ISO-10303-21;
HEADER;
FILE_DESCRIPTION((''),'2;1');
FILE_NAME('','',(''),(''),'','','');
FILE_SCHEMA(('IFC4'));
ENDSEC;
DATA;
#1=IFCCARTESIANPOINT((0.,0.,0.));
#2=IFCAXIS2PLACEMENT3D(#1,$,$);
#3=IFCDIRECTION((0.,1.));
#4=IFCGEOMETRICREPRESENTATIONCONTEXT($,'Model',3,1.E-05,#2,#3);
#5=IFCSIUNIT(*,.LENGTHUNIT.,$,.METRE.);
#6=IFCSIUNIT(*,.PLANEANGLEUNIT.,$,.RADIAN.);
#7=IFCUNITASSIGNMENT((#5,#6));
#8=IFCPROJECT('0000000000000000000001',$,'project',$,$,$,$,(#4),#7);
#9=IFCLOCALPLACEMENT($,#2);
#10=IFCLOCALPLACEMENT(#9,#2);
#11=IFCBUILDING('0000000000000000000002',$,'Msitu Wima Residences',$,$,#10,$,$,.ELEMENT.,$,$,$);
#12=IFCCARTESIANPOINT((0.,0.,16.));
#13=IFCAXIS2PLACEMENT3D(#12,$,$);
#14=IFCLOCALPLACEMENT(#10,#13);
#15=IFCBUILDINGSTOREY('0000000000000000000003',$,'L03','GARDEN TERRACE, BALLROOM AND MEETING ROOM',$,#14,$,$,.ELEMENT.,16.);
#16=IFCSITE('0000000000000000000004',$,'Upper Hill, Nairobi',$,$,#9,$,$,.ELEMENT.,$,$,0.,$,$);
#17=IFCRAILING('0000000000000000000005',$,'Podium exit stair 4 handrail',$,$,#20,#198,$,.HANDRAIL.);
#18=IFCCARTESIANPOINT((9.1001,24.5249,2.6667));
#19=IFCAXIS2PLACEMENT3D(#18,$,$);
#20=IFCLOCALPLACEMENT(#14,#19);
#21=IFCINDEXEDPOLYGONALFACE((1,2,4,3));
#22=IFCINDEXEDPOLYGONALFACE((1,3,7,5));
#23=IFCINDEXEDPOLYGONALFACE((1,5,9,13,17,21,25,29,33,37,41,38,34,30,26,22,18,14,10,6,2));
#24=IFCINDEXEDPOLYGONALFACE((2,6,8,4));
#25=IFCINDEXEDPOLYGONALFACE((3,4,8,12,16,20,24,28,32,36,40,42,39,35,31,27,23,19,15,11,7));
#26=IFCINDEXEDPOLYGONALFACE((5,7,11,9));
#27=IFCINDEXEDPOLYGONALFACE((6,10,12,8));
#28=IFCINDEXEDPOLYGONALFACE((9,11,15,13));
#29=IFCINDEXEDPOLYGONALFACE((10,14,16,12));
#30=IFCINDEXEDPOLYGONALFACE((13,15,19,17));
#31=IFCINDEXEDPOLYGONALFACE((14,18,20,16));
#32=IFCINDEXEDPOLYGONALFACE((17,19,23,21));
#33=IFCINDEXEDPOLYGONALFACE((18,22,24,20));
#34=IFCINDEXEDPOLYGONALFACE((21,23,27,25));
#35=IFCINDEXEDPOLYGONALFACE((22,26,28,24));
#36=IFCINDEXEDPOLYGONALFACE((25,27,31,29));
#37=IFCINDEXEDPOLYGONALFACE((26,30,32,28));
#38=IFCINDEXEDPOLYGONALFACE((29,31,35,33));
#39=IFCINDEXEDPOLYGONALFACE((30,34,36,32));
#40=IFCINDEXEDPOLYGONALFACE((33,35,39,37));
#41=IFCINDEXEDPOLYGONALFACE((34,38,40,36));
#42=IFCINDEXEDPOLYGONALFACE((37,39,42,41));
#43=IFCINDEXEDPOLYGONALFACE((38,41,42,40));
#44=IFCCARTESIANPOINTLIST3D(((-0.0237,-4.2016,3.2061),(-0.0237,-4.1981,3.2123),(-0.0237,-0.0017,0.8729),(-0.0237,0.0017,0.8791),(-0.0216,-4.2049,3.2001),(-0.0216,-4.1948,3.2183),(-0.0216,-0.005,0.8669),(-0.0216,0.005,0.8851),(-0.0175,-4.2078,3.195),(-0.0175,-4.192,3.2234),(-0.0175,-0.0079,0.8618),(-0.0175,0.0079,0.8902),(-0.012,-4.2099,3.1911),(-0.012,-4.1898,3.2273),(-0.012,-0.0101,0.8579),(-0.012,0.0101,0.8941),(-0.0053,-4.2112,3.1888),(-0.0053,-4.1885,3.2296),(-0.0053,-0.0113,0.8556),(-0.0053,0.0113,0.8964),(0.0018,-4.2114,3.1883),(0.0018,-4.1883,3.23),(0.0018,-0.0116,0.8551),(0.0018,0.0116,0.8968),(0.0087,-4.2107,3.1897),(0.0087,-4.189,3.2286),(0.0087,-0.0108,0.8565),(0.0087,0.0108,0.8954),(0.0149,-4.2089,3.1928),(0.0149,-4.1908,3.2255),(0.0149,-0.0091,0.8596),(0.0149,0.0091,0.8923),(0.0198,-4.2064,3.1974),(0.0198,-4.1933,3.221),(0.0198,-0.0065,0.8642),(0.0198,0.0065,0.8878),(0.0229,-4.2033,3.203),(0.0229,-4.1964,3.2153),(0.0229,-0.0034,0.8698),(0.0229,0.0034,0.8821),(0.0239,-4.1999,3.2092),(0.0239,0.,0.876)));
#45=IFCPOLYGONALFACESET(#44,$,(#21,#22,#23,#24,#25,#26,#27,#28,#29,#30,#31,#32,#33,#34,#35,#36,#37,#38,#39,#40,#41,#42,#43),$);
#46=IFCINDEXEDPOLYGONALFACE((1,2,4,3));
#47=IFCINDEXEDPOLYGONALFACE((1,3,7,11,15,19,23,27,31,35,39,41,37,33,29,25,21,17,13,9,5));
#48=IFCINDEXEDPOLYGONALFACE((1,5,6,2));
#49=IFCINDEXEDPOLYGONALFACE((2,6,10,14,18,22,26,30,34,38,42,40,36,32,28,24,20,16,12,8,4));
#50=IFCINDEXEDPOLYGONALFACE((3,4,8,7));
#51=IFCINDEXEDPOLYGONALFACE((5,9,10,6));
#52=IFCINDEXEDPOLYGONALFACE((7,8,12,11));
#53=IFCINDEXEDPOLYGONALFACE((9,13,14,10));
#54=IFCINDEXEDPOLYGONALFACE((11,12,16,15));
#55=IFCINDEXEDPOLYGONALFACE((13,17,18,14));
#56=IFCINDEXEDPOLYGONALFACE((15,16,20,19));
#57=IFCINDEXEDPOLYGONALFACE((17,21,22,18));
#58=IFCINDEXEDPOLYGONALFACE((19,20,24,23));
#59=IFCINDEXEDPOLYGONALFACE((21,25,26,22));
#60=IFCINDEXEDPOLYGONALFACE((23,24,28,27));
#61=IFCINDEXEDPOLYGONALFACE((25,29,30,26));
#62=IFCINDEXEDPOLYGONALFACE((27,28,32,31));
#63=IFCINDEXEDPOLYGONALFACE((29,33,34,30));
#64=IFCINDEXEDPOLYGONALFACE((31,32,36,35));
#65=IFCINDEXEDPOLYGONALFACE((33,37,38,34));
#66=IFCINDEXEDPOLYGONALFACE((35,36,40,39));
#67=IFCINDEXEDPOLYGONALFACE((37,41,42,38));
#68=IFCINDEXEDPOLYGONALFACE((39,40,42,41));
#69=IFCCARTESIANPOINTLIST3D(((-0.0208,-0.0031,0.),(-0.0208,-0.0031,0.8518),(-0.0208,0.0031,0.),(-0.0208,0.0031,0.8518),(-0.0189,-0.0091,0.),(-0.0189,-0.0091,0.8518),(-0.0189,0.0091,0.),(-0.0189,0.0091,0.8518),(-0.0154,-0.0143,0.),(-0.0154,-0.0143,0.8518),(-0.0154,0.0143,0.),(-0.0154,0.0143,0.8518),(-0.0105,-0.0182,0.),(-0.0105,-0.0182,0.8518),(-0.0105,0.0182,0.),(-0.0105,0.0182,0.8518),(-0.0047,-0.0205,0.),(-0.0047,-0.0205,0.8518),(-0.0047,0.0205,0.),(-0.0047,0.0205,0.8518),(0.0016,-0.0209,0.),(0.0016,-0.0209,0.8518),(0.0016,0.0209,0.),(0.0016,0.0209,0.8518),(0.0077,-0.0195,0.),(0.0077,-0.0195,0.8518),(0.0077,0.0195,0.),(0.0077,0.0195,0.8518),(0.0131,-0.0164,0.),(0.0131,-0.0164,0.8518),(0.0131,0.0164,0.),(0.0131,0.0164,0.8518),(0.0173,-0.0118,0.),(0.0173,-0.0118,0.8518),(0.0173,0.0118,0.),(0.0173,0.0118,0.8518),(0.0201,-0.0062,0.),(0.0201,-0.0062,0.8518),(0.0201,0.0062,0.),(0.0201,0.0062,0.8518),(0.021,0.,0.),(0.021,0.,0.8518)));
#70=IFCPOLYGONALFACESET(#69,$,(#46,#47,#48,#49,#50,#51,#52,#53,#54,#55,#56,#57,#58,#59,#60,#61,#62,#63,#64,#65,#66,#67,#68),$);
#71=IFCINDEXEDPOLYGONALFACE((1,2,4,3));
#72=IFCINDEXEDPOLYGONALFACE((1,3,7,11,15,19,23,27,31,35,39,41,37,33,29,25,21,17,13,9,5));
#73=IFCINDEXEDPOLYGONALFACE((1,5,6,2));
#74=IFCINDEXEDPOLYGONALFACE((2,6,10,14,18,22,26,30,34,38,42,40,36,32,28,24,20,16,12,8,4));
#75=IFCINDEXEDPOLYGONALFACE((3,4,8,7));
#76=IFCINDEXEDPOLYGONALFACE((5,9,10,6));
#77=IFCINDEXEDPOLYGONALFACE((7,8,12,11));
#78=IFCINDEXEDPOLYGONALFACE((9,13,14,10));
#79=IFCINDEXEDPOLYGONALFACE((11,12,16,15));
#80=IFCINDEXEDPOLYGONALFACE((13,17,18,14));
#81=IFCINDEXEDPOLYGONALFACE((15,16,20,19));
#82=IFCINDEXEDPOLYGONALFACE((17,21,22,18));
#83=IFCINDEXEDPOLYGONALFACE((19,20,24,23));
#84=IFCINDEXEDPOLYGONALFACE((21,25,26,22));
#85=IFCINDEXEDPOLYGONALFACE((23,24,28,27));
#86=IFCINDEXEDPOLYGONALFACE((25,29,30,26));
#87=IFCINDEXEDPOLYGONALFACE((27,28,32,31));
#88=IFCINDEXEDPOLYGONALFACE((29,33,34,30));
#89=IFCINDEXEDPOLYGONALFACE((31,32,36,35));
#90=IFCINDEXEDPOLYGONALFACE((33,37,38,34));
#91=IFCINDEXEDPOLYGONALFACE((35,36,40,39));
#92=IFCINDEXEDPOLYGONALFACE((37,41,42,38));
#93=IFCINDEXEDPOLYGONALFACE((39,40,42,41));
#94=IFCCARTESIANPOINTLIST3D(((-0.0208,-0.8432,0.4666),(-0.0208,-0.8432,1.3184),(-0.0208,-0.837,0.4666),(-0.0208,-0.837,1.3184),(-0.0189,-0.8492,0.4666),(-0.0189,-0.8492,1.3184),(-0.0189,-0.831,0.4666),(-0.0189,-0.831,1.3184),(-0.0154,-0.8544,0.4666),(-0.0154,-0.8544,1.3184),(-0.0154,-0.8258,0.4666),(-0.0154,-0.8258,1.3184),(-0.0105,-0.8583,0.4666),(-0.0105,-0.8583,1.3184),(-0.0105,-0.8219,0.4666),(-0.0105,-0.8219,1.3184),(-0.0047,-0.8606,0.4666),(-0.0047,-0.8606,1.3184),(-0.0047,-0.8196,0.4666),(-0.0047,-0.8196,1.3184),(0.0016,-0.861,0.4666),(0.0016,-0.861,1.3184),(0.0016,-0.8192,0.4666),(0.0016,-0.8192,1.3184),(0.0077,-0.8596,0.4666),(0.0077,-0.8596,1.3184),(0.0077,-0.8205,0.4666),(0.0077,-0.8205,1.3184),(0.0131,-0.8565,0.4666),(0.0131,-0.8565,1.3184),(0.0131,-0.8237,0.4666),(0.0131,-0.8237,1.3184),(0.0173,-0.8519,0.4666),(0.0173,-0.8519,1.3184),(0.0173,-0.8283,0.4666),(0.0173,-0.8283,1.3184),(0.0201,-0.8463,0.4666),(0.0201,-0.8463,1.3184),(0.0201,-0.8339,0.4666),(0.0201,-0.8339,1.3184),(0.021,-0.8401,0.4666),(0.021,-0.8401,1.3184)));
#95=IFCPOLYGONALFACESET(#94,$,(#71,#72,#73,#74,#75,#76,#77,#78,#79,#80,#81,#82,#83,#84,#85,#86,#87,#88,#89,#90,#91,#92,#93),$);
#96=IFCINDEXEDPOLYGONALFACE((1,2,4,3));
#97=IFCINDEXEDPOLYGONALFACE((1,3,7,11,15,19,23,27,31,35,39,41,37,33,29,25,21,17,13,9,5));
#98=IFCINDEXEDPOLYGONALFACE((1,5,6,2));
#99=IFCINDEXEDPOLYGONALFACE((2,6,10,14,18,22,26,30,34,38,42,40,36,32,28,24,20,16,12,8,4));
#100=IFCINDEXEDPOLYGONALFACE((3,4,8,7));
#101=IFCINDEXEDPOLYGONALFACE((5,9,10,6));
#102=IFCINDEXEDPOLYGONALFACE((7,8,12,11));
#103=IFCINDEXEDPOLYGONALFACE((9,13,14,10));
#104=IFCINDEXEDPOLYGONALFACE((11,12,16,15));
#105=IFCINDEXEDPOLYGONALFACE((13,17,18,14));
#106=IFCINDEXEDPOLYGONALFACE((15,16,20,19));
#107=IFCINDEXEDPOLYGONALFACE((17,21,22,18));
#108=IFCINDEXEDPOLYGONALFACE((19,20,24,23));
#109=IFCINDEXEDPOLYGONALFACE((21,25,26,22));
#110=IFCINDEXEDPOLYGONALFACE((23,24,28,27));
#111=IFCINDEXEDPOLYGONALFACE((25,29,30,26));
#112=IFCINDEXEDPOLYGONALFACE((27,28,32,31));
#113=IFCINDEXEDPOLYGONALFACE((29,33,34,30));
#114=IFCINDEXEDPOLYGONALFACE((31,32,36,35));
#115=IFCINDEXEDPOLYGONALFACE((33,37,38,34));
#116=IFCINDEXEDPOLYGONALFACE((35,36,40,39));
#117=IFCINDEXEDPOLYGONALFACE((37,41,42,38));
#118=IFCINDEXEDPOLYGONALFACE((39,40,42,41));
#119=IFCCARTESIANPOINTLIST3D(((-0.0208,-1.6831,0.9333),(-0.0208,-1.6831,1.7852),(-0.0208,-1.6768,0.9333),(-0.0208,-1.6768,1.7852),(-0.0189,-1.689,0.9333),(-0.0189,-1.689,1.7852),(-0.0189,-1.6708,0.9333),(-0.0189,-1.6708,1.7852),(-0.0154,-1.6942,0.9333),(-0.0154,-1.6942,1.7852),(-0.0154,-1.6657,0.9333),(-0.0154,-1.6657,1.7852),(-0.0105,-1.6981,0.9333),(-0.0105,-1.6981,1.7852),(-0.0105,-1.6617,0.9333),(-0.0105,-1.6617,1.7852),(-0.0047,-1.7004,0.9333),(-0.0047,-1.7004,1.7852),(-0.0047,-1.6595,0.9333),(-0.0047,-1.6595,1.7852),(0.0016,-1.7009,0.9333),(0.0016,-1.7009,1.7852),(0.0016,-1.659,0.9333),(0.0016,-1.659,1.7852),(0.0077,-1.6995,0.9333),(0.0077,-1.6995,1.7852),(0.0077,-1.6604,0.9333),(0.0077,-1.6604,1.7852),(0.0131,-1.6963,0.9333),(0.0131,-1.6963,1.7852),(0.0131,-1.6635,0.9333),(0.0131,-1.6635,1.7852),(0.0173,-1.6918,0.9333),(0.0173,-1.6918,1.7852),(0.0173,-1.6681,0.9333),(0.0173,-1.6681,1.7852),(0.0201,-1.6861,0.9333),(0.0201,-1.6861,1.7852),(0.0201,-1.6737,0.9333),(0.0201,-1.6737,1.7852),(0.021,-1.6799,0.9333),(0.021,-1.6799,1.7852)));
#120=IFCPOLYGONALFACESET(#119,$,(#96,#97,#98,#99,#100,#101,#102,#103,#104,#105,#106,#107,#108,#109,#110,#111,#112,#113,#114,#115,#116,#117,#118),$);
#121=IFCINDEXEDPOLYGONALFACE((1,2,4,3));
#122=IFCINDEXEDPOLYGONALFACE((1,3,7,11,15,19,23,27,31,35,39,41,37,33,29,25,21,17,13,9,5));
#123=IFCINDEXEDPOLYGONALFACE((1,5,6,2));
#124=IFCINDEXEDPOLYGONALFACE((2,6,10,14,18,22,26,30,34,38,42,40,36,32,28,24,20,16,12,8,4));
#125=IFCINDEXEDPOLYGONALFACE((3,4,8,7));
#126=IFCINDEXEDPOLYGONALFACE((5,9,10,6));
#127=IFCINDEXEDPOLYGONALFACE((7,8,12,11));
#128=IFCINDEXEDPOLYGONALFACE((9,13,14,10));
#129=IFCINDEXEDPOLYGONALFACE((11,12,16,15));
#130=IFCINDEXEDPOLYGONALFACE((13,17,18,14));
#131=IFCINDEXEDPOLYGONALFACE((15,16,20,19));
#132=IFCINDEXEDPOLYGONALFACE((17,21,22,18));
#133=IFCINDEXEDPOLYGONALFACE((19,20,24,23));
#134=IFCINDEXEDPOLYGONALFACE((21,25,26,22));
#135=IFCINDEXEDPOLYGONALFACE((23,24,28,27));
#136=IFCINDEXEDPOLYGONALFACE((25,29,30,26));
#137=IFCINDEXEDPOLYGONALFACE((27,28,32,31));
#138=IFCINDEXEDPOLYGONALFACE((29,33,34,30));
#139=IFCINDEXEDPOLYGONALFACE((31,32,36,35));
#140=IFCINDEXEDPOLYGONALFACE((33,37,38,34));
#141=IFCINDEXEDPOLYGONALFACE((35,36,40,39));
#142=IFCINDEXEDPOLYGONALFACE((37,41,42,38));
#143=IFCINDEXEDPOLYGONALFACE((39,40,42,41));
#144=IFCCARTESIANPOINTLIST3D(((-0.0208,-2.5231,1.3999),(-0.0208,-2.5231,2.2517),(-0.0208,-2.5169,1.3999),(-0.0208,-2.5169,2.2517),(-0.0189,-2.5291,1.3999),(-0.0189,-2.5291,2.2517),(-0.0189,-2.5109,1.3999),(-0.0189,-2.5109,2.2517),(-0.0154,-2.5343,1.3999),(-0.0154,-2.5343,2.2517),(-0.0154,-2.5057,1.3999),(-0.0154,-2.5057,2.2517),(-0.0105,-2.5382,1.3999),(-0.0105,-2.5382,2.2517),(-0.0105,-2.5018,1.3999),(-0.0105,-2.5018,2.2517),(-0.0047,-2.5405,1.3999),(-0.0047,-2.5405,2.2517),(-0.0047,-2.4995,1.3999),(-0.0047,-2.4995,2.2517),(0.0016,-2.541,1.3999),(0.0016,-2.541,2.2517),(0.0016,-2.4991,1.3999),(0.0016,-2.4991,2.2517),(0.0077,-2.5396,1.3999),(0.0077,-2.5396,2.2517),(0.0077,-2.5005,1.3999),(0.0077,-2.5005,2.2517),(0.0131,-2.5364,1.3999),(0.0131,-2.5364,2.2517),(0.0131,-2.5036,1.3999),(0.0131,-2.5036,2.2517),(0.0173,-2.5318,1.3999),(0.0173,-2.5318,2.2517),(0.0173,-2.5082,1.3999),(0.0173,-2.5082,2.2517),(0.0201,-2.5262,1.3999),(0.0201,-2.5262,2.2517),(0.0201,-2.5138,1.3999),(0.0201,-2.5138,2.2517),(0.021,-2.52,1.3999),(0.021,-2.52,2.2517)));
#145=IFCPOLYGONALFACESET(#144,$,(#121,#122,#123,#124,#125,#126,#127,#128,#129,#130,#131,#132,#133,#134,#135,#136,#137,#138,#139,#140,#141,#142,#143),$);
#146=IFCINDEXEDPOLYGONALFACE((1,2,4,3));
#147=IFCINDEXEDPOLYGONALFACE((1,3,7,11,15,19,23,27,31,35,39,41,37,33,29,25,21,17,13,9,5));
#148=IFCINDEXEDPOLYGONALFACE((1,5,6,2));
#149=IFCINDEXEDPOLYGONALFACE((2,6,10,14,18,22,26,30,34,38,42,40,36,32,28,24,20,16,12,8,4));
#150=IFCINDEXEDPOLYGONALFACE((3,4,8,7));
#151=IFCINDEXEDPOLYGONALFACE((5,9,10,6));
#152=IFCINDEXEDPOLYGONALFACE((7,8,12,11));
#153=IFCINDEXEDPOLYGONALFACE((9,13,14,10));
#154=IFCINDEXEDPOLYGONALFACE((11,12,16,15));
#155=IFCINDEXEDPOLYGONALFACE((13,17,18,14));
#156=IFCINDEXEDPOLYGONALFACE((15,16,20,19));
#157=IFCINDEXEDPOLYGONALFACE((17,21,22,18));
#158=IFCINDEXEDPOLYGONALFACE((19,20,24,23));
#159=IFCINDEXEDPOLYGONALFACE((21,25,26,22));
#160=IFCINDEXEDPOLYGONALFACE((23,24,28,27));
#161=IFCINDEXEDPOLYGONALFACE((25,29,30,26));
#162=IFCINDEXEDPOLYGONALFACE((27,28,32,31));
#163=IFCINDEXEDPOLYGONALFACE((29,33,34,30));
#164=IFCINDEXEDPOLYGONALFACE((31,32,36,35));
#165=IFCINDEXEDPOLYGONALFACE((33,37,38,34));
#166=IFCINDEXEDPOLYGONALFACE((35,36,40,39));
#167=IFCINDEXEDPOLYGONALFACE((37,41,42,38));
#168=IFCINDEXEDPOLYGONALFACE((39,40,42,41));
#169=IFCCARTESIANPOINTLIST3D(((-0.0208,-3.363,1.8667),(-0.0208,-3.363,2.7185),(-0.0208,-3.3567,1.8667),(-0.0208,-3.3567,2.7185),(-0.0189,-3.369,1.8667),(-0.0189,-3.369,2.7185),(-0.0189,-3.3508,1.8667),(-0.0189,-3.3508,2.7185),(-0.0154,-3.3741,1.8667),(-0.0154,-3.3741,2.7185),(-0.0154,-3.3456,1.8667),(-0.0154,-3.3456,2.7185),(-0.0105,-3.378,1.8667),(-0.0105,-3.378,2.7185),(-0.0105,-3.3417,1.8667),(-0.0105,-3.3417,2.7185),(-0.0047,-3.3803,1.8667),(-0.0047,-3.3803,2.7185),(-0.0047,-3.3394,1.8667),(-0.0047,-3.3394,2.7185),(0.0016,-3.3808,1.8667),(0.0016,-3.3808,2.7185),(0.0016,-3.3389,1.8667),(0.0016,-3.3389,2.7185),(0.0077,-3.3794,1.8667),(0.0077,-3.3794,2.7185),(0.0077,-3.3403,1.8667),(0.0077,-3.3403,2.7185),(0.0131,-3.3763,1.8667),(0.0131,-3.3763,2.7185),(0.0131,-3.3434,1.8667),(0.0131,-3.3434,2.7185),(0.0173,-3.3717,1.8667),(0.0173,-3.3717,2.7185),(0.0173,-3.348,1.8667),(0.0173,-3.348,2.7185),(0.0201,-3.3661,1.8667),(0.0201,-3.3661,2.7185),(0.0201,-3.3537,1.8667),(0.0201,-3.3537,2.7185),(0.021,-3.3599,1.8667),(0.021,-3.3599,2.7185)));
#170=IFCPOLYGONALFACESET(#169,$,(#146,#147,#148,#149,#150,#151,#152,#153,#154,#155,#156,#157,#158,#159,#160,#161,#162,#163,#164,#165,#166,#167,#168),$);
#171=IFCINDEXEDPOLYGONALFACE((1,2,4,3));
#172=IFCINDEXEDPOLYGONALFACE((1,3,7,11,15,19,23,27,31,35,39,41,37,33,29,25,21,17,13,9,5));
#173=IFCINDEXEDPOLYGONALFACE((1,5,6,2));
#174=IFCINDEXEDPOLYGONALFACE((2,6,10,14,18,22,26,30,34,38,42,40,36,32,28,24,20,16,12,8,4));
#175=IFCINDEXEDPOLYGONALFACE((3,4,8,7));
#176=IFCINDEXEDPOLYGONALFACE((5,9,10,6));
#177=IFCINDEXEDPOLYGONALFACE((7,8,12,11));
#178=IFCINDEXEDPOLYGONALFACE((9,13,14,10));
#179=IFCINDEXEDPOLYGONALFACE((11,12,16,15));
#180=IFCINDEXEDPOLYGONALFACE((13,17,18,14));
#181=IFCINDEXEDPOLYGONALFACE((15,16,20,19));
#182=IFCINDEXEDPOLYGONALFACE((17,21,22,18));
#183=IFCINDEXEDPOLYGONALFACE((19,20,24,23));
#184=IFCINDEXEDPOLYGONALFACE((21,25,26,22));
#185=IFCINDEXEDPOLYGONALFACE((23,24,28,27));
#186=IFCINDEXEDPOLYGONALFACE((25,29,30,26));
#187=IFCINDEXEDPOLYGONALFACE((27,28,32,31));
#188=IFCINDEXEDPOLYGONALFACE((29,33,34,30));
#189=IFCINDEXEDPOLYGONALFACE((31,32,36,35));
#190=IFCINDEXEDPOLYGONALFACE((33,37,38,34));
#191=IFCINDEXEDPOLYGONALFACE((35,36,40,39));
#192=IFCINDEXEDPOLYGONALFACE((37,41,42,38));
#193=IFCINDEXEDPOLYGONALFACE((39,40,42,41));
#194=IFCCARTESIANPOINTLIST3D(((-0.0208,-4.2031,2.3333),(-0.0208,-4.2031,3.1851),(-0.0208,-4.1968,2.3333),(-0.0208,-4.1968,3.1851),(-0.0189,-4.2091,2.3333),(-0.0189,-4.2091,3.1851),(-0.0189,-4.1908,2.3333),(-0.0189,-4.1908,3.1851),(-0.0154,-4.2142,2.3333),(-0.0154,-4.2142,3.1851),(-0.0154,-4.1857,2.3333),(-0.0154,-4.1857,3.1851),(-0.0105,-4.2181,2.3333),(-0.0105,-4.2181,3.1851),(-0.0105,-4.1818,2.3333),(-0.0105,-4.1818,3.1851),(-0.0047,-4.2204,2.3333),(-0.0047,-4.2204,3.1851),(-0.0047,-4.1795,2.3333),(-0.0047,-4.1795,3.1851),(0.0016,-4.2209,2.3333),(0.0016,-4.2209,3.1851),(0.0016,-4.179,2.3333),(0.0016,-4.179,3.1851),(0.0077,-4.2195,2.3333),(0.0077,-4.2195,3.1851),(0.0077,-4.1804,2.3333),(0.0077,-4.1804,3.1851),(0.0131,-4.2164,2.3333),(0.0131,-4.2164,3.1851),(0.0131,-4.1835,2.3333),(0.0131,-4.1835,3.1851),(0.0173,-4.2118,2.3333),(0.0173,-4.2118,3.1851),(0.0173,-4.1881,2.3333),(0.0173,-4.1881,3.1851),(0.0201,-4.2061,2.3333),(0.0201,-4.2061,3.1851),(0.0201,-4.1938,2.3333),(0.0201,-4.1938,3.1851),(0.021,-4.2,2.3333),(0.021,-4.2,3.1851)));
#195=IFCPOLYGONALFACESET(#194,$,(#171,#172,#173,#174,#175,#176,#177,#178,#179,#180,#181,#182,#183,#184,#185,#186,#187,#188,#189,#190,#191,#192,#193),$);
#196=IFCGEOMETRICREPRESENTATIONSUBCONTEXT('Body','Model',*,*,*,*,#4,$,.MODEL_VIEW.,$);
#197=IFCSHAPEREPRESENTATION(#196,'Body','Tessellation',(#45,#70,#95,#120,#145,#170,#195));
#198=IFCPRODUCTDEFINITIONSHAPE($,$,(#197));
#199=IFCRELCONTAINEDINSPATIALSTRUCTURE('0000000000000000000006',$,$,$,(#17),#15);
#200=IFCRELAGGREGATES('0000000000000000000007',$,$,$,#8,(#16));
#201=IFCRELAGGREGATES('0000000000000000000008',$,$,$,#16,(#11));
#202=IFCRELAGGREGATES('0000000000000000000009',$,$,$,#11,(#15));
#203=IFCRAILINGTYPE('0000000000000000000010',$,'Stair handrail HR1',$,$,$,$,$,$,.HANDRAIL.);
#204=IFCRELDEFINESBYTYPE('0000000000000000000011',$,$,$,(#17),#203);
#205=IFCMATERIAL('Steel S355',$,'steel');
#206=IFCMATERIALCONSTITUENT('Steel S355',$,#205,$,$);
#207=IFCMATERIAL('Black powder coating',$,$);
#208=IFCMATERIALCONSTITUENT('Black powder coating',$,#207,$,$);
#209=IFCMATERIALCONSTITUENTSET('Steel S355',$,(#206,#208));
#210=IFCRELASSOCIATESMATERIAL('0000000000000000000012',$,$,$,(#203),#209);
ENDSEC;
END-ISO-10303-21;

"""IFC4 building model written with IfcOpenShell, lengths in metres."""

from ifc_helpers import new_model, si_unit, direction, frame, origin, origin_2d, place, context, subcontext, project, spatial, circle, extrude, material, constituent, constituent_set, type_object, element, save


model = new_model("IFC4")

# Units and contexts
model_context = context("Model", 3, precision=1e-05, world=origin(), true_north=direction((0.0, 1.0)))
body_context = subcontext(model_context, "Body", "Model", "MODEL_VIEW")
ifc_project = project(units=[si_unit("LENGTHUNIT", "METRE"), si_unit("PLANEANGLEUNIT", "RADIAN")], contexts=[model_context])

# Site, building, storey
site_placement = place(None, origin())
site = spatial("IfcSite", under=ifc_project, at=site_placement, Name="Upper Hill, Nairobi", CompositionType="ELEMENT", RefElevation=0.0)
building_placement = place(site_placement, origin())
building = spatial("IfcBuilding", under=site, at=building_placement, Name="Msitu Wima Residences", CompositionType="ELEMENT")
storey_placement = place(building_placement, frame((0.0, 0.0, 16.0)))
storey = spatial("IfcBuildingStorey", under=building, at=storey_placement, Name="L03", Description="GARDEN TERRACE, BALLROOM AND MEETING ROOM", CompositionType="ELEMENT", Elevation=16.0)

# Railing
ifc_material_1 = material(Name="Steel S355", Category="steel")
ifc_constituent_1 = constituent(ifc_material_1, Name="Steel S355")
ifc_material_2 = material(Name="Black powder coating")
ifc_constituent_2 = constituent(ifc_material_2, Name="Black powder coating")
ifc_constituent_set = constituent_set(constituents=[ifc_constituent_1, ifc_constituent_2], Name="Steel S355")
railing_type = type_object("IfcRailingType", Name="Stair handrail HR1", PredefinedType="HANDRAIL", material=ifc_constituent_set)
for number, where, name in (
    (1, (9.1001, 24.5249, 2.6667), "Podium exit stair 4 handrail"),
):
    element("IfcRailing", number, at=place(storey_placement, frame(where)), inside=storey, type_object=railing_type, Name=name, PredefinedType="HANDRAIL", context=body_context, shape_type="SweptSolid", body=[
        extrude(circle(Radius=0.0239, at=origin_2d()), frame((0.0, 0.0, 0.876), z_axis=(0.0, -0.874162, 0.485634), x_axis=(1.0, 0.0, 0.0)), (0.0, 0.0, 1.0), 4.8044),
        extrude(circle(Radius=0.021, at=origin_2d()), origin(), (0.0, 0.0, 1.0), 0.8518),
        extrude(circle(Radius=0.021, at=origin_2d()), frame((0.0, -0.8401, 0.4666)), (0.0, 0.0, 1.0), 0.8518),
        extrude(circle(Radius=0.021, at=origin_2d()), frame((0.0, -1.6799, 0.9333)), (0.0, 0.0, 1.0), 0.8518),
        extrude(circle(Radius=0.021, at=origin_2d()), frame((0.0, -2.52, 1.3999)), (0.0, 0.0, 1.0), 0.8518),
        extrude(circle(Radius=0.021, at=origin_2d()), frame((0.0, -3.3599, 1.8667)), (0.0, 0.0, 1.0), 0.8518),
        extrude(circle(Radius=0.021, at=origin_2d()), frame((0.0, -4.2, 2.3333)), (0.0, 0.0, 1.0), 0.8518),
    ])

save(model, "model.ifc")
